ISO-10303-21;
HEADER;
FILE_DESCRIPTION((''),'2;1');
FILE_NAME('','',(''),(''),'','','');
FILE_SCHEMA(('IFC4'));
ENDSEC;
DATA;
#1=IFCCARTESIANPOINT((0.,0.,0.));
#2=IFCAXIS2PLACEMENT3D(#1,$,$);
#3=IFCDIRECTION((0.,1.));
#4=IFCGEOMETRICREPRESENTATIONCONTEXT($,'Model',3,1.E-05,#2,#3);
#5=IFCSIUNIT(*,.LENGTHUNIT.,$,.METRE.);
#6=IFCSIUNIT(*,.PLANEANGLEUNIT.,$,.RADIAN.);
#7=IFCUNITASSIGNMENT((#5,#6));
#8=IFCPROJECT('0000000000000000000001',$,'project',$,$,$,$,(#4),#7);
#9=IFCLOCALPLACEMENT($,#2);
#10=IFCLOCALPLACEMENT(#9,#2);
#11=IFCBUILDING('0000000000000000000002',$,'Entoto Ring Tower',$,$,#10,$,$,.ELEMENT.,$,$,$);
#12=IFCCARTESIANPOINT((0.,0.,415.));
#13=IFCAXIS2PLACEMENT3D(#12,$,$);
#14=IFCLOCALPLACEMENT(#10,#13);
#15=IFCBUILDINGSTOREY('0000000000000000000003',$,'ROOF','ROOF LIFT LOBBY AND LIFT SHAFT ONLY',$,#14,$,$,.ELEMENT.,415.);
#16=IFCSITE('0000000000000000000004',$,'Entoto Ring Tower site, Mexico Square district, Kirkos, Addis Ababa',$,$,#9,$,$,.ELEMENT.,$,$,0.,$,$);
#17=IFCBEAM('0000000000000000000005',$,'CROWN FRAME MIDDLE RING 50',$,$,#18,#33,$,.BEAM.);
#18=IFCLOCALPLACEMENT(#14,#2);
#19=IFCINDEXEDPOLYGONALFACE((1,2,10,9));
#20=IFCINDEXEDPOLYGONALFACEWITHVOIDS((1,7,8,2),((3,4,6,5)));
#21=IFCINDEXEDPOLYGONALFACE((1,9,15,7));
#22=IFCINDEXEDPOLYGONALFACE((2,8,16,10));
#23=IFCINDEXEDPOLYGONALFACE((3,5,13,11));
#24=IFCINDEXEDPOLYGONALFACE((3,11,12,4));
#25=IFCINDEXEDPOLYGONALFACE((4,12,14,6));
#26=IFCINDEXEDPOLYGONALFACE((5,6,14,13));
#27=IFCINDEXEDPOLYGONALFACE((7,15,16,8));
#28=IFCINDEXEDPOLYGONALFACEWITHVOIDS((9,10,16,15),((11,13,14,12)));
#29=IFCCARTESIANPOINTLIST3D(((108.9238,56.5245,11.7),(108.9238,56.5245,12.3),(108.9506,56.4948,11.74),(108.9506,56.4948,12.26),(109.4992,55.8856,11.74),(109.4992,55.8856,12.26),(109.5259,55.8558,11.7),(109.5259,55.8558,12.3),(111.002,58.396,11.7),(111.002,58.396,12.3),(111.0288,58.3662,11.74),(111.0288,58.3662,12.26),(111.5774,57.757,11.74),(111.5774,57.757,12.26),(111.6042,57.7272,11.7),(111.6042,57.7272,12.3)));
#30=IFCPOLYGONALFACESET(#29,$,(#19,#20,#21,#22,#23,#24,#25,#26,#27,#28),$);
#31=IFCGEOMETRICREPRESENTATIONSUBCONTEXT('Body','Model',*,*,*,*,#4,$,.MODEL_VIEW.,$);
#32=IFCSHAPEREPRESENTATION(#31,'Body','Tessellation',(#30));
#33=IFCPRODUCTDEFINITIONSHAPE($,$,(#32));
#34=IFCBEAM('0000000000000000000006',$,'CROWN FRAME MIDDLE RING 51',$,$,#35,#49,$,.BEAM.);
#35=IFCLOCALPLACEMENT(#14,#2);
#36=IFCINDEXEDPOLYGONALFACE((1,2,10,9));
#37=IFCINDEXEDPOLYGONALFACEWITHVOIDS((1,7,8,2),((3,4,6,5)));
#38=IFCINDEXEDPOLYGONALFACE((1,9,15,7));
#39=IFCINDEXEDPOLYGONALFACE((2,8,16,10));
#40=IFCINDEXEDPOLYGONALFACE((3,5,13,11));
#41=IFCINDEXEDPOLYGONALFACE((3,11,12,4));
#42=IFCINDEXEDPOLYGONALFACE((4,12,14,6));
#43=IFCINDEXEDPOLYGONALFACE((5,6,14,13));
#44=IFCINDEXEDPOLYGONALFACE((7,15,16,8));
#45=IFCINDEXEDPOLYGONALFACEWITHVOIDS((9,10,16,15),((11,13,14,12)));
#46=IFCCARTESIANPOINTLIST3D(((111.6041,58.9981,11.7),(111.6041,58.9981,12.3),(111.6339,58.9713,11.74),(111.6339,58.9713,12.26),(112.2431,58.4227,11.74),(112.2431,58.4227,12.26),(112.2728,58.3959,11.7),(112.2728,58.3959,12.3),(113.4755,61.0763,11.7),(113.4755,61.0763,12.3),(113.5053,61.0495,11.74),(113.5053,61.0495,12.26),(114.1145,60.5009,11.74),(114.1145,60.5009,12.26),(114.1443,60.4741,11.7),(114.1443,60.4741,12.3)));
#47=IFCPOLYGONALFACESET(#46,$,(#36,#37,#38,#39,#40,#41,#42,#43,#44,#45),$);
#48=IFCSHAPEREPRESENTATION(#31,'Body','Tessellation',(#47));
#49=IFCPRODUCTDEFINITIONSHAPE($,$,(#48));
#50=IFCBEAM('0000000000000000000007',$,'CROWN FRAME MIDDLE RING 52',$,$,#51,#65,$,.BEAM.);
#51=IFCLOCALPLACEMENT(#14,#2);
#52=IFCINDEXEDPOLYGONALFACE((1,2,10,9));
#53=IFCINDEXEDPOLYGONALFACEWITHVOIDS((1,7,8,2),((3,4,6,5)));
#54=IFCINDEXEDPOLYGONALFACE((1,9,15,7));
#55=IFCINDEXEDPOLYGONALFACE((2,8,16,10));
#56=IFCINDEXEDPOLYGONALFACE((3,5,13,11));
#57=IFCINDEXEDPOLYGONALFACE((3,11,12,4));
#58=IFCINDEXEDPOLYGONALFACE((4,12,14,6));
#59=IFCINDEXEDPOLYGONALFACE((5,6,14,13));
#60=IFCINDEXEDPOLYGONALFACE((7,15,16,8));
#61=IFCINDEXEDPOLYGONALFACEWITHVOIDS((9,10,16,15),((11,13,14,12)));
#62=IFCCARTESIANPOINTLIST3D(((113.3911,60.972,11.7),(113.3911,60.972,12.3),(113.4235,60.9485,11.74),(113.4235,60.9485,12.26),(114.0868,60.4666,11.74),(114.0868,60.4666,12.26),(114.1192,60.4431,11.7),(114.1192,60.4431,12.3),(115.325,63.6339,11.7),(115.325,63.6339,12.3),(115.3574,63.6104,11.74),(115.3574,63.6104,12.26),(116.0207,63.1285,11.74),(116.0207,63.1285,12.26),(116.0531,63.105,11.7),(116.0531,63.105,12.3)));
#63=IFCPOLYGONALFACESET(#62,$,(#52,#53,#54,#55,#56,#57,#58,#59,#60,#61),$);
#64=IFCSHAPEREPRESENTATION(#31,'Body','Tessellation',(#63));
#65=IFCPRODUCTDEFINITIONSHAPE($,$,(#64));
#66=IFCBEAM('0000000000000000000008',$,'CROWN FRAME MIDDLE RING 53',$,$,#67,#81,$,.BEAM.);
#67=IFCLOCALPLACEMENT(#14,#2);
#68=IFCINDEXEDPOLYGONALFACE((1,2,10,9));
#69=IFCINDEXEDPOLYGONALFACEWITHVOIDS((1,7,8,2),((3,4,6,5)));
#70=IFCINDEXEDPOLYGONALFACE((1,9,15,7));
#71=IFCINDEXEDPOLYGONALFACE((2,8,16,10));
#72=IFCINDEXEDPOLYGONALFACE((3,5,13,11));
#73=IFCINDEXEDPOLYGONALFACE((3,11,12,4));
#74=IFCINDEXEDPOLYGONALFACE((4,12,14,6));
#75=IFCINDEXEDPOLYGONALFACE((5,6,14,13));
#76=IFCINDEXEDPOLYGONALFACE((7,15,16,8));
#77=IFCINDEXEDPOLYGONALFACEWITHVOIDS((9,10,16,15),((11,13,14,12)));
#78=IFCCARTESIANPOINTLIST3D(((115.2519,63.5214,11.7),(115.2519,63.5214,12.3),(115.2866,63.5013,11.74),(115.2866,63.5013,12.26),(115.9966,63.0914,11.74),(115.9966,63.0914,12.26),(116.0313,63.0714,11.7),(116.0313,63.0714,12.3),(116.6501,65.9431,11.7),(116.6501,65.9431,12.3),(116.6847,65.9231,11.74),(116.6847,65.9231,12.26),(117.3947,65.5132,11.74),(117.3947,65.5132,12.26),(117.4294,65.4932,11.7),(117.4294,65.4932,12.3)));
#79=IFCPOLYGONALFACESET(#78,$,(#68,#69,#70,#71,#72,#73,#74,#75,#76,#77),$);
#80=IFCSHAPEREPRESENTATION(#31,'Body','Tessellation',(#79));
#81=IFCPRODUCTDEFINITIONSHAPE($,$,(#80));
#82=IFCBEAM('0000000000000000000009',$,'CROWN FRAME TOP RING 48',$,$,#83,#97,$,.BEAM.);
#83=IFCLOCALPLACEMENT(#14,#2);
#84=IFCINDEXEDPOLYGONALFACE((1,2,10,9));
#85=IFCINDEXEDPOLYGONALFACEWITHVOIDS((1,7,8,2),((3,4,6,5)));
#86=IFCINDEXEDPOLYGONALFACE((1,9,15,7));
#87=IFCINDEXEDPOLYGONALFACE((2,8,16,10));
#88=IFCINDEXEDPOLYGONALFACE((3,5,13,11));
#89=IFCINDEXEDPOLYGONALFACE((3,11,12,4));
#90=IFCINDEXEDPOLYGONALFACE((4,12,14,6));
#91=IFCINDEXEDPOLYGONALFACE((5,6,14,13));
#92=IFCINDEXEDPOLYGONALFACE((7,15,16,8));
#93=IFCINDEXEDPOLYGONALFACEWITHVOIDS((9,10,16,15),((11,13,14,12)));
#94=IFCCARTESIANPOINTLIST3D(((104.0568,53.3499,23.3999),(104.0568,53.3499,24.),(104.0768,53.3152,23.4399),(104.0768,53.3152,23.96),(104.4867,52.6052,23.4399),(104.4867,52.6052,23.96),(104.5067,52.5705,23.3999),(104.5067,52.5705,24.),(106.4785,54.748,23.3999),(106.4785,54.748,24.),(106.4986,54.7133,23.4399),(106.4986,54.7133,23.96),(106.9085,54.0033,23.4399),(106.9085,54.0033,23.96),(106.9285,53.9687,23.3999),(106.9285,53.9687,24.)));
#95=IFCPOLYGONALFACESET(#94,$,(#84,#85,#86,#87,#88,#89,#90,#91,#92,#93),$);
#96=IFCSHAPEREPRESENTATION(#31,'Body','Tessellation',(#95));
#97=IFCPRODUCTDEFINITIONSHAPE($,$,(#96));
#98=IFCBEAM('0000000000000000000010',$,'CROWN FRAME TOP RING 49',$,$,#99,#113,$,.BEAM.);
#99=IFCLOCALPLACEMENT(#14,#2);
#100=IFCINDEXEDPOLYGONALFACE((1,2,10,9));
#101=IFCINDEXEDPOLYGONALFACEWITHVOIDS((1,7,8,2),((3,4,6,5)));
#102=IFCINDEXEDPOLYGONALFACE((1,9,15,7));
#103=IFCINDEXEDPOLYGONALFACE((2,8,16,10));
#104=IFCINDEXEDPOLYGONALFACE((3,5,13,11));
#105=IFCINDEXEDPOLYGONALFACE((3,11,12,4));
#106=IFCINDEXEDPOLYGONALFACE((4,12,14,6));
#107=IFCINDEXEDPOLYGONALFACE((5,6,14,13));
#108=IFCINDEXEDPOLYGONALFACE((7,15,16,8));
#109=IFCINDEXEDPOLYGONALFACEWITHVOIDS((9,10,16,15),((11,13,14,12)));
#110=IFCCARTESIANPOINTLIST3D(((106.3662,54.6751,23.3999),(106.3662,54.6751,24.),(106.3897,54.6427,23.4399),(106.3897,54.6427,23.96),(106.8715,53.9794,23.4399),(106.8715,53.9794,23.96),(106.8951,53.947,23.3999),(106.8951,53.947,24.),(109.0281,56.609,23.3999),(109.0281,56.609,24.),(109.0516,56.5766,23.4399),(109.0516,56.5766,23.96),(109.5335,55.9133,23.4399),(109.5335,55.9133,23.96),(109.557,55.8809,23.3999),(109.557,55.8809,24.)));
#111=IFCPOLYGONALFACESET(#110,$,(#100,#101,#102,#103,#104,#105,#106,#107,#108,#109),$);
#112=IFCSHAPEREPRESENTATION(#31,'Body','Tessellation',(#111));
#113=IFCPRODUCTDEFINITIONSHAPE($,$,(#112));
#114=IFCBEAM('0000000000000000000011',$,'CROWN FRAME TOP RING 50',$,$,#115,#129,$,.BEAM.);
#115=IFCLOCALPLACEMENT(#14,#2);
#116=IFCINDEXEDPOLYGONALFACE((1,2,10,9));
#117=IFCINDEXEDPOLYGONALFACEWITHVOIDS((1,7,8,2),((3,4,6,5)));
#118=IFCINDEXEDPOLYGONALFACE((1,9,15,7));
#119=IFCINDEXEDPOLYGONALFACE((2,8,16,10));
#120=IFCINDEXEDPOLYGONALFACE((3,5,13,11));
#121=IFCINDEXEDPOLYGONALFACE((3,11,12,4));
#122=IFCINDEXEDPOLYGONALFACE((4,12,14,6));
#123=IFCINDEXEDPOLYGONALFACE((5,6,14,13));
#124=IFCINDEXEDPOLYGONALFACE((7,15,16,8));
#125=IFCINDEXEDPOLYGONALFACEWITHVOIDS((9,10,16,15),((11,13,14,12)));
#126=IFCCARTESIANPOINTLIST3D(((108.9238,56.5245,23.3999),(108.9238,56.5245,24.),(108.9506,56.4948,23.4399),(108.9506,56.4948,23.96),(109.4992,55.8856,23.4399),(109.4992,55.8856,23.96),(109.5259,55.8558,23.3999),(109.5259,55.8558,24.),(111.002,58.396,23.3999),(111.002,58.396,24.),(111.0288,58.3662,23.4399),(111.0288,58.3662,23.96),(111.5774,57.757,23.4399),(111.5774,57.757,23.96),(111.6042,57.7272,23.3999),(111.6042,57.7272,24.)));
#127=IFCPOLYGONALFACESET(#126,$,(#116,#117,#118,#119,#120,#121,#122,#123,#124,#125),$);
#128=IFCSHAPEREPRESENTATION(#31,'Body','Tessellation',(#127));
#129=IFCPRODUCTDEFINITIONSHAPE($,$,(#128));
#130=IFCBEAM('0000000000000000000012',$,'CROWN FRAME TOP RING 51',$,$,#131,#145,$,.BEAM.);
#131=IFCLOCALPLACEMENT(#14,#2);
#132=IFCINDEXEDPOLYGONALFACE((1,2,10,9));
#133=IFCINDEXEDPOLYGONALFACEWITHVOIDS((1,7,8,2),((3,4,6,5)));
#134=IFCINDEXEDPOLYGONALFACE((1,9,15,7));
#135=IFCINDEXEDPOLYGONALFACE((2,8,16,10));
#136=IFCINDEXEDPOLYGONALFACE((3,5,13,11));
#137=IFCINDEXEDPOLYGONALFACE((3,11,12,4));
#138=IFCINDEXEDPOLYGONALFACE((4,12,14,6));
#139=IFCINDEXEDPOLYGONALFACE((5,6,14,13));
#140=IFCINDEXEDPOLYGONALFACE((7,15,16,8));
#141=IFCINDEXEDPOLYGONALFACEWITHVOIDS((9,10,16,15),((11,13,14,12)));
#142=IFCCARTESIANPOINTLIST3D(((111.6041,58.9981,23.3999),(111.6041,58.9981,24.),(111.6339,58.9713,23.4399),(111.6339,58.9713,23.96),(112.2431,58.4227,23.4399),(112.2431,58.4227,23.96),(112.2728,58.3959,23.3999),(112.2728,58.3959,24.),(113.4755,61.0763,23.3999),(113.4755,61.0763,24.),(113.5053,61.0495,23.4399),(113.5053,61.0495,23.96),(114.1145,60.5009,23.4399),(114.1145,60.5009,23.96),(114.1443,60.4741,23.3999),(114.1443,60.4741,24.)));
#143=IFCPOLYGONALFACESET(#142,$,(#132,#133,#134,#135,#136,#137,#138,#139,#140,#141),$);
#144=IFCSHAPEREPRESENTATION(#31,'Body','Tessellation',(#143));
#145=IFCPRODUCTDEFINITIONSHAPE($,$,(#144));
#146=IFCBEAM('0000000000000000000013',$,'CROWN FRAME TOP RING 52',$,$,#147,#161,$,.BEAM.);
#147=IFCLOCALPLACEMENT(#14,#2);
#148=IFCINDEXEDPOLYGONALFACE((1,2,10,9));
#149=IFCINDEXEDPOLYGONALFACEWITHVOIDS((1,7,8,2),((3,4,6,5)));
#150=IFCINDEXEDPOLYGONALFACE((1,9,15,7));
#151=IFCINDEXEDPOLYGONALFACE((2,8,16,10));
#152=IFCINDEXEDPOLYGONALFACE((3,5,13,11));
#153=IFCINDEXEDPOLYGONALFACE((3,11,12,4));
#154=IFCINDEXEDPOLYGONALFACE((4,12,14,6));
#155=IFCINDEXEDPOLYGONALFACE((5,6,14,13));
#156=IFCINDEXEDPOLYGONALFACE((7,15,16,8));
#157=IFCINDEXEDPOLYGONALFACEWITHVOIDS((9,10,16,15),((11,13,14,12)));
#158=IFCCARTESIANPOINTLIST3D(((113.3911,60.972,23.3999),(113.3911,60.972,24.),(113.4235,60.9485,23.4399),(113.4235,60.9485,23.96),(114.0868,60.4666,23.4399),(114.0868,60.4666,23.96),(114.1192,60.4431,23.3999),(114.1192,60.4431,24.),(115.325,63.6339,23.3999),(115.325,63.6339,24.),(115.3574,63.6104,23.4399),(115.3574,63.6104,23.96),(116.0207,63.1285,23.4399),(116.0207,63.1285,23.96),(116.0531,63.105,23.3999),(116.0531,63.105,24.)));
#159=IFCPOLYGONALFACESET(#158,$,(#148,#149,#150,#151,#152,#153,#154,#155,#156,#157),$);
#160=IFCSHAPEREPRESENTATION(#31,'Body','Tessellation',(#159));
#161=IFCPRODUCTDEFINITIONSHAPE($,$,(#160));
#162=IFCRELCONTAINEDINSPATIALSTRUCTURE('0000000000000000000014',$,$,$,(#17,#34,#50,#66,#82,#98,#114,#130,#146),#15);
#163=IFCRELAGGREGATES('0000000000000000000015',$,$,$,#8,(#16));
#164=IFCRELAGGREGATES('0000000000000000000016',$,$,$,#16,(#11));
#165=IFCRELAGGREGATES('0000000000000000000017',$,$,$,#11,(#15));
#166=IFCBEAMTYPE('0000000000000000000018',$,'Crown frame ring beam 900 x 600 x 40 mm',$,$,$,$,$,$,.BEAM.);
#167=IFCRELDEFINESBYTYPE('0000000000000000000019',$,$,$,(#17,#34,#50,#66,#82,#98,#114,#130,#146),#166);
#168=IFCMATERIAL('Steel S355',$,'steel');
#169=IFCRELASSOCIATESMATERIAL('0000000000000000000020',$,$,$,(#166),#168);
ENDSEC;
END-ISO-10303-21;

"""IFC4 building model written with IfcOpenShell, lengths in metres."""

from ifc_helpers import new_model, si_unit, direction, frame, origin, origin_2d, place, context, subcontext, project, spatial, hollow_rectangle, extrude, material, material_profile, profile_set, type_object, element, save


model = new_model("IFC4")

# Units and contexts
model_context = context("Model", 3, precision=1e-05, world=origin(), true_north=direction((0.0, 1.0)))
body_context = subcontext(model_context, "Body", "Model", "MODEL_VIEW")
ifc_project = project(units=[si_unit("LENGTHUNIT", "METRE"), si_unit("PLANEANGLEUNIT", "RADIAN")], contexts=[model_context])

# Site, building, storey
site_placement = place(None, origin())
site = spatial("IfcSite", under=ifc_project, at=site_placement, Name="Entoto Ring Tower site, Mexico Square district, Kirkos, Addis Ababa", CompositionType="ELEMENT", RefElevation=0.0)
building_placement = place(site_placement, origin())
building = spatial("IfcBuilding", under=site, at=building_placement, Name="Entoto Ring Tower", CompositionType="ELEMENT")
storey_placement = place(building_placement, frame((0.0, 0.0, 415.0)))
storey = spatial("IfcBuildingStorey", under=building, at=storey_placement, Name="ROOF", Description="ROOF LIFT LOBBY AND LIFT SHAFT ONLY", CompositionType="ELEMENT", Elevation=415.0)

# Beams
ifc_material_1 = material(Name="Steel S355", Category="steel")
ifc_material_profile_1 = material_profile(ifc_material_1, hollow_rectangle(XDim=0.8999, YDim=0.6001, WallThickness=0.04, at=origin_2d()), Name="Crown frame ring beam 900 x 600 x 40 mm")
ifc_profile_set_1 = profile_set([ifc_material_profile_1], Name="Steel S355")
beam_type_1 = type_object("IfcBeamType", Name="Crown frame ring beam 900 x 600 x 40 mm", PredefinedType="BEAM", material=ifc_profile_set_1)
for number, where, z_axis, x_axis, name in (
    (1, (109.2249, 56.1902, 12.0), (0.743112, 0.669167, 0.0), (-0.669167, 0.743112, 0.0), "CROWN FRAME MIDDLE RING 50"),
    (2, (111.9385, 58.697, 12.0), (0.669167, 0.743112, 0.0), (-0.743112, 0.669167, 0.0), "CROWN FRAME MIDDLE RING 51"),
):
    element("IfcBeam", number, at=place(storey_placement, frame(where, z_axis=z_axis, x_axis=x_axis)), inside=storey, type_object=beam_type_1, Name=name, PredefinedType="BEAM", context=body_context, shape_type="SweptSolid", body=[
        extrude(hollow_rectangle(XDim=0.8999, YDim=0.6001, WallThickness=0.04, at=origin_2d()), origin(), (0.0, 0.0, 1.0), 2.7966),
    ])
beam_1_placement = place(storey_placement, frame((113.7551, 60.7075, 12.0), z_axis=(0.587761, 0.809034, 0.0), x_axis=(-0.809034, 0.587761, 0.0)))
element("IfcBeam", 3, at=beam_1_placement, inside=storey, type_object=beam_type_1, Name="CROWN FRAME MIDDLE RING 52", PredefinedType="BEAM", context=body_context, shape_type="SweptSolid", body=[
    extrude(hollow_rectangle(XDim=0.8999, YDim=0.6001, WallThickness=0.04, at=origin_2d()), origin(), (0.0, 0.0, 1.0), 3.2903),
])
for number, where, z_axis, x_axis, name in (
    (4, (115.6416, 63.2964, 12.0), (0.499979, 0.866037, 0.0), (-0.866037, 0.499979, 0.0), "CROWN FRAME MIDDLE RING 53"),
    (5, (104.2817, 52.9602, 23.7), (0.866037, 0.499979, 0.0), (-0.499979, 0.866037, 0.0), "CROWN FRAME TOP RING 48"),
):
    element("IfcBeam", number, at=place(storey_placement, frame(where, z_axis=z_axis, x_axis=x_axis)), inside=storey, type_object=beam_type_1, Name=name, PredefinedType="BEAM", context=body_context, shape_type="SweptSolid", body=[
        extrude(hollow_rectangle(XDim=0.8999, YDim=0.6001, WallThickness=0.04, at=origin_2d()), origin(), (0.0, 0.0, 1.0), 2.7964),
    ])
beam_2_placement = place(storey_placement, frame((106.6306, 54.311, 23.7), z_axis=(0.809034, 0.587761, 0.0), x_axis=(-0.587761, 0.809034, 0.0)))
element("IfcBeam", 6, at=beam_2_placement, inside=storey, type_object=beam_type_1, Name="CROWN FRAME TOP RING 49", PredefinedType="BEAM", context=body_context, shape_type="SweptSolid", body=[
    extrude(hollow_rectangle(XDim=0.8999, YDim=0.6001, WallThickness=0.04, at=origin_2d()), origin(), (0.0, 0.0, 1.0), 3.2903),
])
for number, where, z_axis, x_axis, name in (
    (7, (109.2249, 56.1902, 23.7), (0.743112, 0.669167, 0.0), (-0.669167, 0.743112, 0.0), "CROWN FRAME TOP RING 50"),
    (8, (111.9385, 58.697, 23.7), (0.669167, 0.743112, 0.0), (-0.743112, 0.669167, 0.0), "CROWN FRAME TOP RING 51"),
):
    element("IfcBeam", number, at=place(storey_placement, frame(where, z_axis=z_axis, x_axis=x_axis)), inside=storey, type_object=beam_type_1, Name=name, PredefinedType="BEAM", context=body_context, shape_type="SweptSolid", body=[
        extrude(hollow_rectangle(XDim=0.8999, YDim=0.6001, WallThickness=0.04, at=origin_2d()), origin(), (0.0, 0.0, 1.0), 2.7966),
    ])
beam_3_placement = place(storey_placement, frame((113.7551, 60.7075, 23.7), z_axis=(0.587761, 0.809034, 0.0), x_axis=(-0.809034, 0.587761, 0.0)))
element("IfcBeam", 9, at=beam_3_placement, inside=storey, type_object=beam_type_1, Name="CROWN FRAME TOP RING 52", PredefinedType="BEAM", context=body_context, shape_type="SweptSolid", body=[
    extrude(hollow_rectangle(XDim=0.8999, YDim=0.6001, WallThickness=0.04, at=origin_2d()), origin(), (0.0, 0.0, 1.0), 3.2903),
])

save(model, "model.ifc")
